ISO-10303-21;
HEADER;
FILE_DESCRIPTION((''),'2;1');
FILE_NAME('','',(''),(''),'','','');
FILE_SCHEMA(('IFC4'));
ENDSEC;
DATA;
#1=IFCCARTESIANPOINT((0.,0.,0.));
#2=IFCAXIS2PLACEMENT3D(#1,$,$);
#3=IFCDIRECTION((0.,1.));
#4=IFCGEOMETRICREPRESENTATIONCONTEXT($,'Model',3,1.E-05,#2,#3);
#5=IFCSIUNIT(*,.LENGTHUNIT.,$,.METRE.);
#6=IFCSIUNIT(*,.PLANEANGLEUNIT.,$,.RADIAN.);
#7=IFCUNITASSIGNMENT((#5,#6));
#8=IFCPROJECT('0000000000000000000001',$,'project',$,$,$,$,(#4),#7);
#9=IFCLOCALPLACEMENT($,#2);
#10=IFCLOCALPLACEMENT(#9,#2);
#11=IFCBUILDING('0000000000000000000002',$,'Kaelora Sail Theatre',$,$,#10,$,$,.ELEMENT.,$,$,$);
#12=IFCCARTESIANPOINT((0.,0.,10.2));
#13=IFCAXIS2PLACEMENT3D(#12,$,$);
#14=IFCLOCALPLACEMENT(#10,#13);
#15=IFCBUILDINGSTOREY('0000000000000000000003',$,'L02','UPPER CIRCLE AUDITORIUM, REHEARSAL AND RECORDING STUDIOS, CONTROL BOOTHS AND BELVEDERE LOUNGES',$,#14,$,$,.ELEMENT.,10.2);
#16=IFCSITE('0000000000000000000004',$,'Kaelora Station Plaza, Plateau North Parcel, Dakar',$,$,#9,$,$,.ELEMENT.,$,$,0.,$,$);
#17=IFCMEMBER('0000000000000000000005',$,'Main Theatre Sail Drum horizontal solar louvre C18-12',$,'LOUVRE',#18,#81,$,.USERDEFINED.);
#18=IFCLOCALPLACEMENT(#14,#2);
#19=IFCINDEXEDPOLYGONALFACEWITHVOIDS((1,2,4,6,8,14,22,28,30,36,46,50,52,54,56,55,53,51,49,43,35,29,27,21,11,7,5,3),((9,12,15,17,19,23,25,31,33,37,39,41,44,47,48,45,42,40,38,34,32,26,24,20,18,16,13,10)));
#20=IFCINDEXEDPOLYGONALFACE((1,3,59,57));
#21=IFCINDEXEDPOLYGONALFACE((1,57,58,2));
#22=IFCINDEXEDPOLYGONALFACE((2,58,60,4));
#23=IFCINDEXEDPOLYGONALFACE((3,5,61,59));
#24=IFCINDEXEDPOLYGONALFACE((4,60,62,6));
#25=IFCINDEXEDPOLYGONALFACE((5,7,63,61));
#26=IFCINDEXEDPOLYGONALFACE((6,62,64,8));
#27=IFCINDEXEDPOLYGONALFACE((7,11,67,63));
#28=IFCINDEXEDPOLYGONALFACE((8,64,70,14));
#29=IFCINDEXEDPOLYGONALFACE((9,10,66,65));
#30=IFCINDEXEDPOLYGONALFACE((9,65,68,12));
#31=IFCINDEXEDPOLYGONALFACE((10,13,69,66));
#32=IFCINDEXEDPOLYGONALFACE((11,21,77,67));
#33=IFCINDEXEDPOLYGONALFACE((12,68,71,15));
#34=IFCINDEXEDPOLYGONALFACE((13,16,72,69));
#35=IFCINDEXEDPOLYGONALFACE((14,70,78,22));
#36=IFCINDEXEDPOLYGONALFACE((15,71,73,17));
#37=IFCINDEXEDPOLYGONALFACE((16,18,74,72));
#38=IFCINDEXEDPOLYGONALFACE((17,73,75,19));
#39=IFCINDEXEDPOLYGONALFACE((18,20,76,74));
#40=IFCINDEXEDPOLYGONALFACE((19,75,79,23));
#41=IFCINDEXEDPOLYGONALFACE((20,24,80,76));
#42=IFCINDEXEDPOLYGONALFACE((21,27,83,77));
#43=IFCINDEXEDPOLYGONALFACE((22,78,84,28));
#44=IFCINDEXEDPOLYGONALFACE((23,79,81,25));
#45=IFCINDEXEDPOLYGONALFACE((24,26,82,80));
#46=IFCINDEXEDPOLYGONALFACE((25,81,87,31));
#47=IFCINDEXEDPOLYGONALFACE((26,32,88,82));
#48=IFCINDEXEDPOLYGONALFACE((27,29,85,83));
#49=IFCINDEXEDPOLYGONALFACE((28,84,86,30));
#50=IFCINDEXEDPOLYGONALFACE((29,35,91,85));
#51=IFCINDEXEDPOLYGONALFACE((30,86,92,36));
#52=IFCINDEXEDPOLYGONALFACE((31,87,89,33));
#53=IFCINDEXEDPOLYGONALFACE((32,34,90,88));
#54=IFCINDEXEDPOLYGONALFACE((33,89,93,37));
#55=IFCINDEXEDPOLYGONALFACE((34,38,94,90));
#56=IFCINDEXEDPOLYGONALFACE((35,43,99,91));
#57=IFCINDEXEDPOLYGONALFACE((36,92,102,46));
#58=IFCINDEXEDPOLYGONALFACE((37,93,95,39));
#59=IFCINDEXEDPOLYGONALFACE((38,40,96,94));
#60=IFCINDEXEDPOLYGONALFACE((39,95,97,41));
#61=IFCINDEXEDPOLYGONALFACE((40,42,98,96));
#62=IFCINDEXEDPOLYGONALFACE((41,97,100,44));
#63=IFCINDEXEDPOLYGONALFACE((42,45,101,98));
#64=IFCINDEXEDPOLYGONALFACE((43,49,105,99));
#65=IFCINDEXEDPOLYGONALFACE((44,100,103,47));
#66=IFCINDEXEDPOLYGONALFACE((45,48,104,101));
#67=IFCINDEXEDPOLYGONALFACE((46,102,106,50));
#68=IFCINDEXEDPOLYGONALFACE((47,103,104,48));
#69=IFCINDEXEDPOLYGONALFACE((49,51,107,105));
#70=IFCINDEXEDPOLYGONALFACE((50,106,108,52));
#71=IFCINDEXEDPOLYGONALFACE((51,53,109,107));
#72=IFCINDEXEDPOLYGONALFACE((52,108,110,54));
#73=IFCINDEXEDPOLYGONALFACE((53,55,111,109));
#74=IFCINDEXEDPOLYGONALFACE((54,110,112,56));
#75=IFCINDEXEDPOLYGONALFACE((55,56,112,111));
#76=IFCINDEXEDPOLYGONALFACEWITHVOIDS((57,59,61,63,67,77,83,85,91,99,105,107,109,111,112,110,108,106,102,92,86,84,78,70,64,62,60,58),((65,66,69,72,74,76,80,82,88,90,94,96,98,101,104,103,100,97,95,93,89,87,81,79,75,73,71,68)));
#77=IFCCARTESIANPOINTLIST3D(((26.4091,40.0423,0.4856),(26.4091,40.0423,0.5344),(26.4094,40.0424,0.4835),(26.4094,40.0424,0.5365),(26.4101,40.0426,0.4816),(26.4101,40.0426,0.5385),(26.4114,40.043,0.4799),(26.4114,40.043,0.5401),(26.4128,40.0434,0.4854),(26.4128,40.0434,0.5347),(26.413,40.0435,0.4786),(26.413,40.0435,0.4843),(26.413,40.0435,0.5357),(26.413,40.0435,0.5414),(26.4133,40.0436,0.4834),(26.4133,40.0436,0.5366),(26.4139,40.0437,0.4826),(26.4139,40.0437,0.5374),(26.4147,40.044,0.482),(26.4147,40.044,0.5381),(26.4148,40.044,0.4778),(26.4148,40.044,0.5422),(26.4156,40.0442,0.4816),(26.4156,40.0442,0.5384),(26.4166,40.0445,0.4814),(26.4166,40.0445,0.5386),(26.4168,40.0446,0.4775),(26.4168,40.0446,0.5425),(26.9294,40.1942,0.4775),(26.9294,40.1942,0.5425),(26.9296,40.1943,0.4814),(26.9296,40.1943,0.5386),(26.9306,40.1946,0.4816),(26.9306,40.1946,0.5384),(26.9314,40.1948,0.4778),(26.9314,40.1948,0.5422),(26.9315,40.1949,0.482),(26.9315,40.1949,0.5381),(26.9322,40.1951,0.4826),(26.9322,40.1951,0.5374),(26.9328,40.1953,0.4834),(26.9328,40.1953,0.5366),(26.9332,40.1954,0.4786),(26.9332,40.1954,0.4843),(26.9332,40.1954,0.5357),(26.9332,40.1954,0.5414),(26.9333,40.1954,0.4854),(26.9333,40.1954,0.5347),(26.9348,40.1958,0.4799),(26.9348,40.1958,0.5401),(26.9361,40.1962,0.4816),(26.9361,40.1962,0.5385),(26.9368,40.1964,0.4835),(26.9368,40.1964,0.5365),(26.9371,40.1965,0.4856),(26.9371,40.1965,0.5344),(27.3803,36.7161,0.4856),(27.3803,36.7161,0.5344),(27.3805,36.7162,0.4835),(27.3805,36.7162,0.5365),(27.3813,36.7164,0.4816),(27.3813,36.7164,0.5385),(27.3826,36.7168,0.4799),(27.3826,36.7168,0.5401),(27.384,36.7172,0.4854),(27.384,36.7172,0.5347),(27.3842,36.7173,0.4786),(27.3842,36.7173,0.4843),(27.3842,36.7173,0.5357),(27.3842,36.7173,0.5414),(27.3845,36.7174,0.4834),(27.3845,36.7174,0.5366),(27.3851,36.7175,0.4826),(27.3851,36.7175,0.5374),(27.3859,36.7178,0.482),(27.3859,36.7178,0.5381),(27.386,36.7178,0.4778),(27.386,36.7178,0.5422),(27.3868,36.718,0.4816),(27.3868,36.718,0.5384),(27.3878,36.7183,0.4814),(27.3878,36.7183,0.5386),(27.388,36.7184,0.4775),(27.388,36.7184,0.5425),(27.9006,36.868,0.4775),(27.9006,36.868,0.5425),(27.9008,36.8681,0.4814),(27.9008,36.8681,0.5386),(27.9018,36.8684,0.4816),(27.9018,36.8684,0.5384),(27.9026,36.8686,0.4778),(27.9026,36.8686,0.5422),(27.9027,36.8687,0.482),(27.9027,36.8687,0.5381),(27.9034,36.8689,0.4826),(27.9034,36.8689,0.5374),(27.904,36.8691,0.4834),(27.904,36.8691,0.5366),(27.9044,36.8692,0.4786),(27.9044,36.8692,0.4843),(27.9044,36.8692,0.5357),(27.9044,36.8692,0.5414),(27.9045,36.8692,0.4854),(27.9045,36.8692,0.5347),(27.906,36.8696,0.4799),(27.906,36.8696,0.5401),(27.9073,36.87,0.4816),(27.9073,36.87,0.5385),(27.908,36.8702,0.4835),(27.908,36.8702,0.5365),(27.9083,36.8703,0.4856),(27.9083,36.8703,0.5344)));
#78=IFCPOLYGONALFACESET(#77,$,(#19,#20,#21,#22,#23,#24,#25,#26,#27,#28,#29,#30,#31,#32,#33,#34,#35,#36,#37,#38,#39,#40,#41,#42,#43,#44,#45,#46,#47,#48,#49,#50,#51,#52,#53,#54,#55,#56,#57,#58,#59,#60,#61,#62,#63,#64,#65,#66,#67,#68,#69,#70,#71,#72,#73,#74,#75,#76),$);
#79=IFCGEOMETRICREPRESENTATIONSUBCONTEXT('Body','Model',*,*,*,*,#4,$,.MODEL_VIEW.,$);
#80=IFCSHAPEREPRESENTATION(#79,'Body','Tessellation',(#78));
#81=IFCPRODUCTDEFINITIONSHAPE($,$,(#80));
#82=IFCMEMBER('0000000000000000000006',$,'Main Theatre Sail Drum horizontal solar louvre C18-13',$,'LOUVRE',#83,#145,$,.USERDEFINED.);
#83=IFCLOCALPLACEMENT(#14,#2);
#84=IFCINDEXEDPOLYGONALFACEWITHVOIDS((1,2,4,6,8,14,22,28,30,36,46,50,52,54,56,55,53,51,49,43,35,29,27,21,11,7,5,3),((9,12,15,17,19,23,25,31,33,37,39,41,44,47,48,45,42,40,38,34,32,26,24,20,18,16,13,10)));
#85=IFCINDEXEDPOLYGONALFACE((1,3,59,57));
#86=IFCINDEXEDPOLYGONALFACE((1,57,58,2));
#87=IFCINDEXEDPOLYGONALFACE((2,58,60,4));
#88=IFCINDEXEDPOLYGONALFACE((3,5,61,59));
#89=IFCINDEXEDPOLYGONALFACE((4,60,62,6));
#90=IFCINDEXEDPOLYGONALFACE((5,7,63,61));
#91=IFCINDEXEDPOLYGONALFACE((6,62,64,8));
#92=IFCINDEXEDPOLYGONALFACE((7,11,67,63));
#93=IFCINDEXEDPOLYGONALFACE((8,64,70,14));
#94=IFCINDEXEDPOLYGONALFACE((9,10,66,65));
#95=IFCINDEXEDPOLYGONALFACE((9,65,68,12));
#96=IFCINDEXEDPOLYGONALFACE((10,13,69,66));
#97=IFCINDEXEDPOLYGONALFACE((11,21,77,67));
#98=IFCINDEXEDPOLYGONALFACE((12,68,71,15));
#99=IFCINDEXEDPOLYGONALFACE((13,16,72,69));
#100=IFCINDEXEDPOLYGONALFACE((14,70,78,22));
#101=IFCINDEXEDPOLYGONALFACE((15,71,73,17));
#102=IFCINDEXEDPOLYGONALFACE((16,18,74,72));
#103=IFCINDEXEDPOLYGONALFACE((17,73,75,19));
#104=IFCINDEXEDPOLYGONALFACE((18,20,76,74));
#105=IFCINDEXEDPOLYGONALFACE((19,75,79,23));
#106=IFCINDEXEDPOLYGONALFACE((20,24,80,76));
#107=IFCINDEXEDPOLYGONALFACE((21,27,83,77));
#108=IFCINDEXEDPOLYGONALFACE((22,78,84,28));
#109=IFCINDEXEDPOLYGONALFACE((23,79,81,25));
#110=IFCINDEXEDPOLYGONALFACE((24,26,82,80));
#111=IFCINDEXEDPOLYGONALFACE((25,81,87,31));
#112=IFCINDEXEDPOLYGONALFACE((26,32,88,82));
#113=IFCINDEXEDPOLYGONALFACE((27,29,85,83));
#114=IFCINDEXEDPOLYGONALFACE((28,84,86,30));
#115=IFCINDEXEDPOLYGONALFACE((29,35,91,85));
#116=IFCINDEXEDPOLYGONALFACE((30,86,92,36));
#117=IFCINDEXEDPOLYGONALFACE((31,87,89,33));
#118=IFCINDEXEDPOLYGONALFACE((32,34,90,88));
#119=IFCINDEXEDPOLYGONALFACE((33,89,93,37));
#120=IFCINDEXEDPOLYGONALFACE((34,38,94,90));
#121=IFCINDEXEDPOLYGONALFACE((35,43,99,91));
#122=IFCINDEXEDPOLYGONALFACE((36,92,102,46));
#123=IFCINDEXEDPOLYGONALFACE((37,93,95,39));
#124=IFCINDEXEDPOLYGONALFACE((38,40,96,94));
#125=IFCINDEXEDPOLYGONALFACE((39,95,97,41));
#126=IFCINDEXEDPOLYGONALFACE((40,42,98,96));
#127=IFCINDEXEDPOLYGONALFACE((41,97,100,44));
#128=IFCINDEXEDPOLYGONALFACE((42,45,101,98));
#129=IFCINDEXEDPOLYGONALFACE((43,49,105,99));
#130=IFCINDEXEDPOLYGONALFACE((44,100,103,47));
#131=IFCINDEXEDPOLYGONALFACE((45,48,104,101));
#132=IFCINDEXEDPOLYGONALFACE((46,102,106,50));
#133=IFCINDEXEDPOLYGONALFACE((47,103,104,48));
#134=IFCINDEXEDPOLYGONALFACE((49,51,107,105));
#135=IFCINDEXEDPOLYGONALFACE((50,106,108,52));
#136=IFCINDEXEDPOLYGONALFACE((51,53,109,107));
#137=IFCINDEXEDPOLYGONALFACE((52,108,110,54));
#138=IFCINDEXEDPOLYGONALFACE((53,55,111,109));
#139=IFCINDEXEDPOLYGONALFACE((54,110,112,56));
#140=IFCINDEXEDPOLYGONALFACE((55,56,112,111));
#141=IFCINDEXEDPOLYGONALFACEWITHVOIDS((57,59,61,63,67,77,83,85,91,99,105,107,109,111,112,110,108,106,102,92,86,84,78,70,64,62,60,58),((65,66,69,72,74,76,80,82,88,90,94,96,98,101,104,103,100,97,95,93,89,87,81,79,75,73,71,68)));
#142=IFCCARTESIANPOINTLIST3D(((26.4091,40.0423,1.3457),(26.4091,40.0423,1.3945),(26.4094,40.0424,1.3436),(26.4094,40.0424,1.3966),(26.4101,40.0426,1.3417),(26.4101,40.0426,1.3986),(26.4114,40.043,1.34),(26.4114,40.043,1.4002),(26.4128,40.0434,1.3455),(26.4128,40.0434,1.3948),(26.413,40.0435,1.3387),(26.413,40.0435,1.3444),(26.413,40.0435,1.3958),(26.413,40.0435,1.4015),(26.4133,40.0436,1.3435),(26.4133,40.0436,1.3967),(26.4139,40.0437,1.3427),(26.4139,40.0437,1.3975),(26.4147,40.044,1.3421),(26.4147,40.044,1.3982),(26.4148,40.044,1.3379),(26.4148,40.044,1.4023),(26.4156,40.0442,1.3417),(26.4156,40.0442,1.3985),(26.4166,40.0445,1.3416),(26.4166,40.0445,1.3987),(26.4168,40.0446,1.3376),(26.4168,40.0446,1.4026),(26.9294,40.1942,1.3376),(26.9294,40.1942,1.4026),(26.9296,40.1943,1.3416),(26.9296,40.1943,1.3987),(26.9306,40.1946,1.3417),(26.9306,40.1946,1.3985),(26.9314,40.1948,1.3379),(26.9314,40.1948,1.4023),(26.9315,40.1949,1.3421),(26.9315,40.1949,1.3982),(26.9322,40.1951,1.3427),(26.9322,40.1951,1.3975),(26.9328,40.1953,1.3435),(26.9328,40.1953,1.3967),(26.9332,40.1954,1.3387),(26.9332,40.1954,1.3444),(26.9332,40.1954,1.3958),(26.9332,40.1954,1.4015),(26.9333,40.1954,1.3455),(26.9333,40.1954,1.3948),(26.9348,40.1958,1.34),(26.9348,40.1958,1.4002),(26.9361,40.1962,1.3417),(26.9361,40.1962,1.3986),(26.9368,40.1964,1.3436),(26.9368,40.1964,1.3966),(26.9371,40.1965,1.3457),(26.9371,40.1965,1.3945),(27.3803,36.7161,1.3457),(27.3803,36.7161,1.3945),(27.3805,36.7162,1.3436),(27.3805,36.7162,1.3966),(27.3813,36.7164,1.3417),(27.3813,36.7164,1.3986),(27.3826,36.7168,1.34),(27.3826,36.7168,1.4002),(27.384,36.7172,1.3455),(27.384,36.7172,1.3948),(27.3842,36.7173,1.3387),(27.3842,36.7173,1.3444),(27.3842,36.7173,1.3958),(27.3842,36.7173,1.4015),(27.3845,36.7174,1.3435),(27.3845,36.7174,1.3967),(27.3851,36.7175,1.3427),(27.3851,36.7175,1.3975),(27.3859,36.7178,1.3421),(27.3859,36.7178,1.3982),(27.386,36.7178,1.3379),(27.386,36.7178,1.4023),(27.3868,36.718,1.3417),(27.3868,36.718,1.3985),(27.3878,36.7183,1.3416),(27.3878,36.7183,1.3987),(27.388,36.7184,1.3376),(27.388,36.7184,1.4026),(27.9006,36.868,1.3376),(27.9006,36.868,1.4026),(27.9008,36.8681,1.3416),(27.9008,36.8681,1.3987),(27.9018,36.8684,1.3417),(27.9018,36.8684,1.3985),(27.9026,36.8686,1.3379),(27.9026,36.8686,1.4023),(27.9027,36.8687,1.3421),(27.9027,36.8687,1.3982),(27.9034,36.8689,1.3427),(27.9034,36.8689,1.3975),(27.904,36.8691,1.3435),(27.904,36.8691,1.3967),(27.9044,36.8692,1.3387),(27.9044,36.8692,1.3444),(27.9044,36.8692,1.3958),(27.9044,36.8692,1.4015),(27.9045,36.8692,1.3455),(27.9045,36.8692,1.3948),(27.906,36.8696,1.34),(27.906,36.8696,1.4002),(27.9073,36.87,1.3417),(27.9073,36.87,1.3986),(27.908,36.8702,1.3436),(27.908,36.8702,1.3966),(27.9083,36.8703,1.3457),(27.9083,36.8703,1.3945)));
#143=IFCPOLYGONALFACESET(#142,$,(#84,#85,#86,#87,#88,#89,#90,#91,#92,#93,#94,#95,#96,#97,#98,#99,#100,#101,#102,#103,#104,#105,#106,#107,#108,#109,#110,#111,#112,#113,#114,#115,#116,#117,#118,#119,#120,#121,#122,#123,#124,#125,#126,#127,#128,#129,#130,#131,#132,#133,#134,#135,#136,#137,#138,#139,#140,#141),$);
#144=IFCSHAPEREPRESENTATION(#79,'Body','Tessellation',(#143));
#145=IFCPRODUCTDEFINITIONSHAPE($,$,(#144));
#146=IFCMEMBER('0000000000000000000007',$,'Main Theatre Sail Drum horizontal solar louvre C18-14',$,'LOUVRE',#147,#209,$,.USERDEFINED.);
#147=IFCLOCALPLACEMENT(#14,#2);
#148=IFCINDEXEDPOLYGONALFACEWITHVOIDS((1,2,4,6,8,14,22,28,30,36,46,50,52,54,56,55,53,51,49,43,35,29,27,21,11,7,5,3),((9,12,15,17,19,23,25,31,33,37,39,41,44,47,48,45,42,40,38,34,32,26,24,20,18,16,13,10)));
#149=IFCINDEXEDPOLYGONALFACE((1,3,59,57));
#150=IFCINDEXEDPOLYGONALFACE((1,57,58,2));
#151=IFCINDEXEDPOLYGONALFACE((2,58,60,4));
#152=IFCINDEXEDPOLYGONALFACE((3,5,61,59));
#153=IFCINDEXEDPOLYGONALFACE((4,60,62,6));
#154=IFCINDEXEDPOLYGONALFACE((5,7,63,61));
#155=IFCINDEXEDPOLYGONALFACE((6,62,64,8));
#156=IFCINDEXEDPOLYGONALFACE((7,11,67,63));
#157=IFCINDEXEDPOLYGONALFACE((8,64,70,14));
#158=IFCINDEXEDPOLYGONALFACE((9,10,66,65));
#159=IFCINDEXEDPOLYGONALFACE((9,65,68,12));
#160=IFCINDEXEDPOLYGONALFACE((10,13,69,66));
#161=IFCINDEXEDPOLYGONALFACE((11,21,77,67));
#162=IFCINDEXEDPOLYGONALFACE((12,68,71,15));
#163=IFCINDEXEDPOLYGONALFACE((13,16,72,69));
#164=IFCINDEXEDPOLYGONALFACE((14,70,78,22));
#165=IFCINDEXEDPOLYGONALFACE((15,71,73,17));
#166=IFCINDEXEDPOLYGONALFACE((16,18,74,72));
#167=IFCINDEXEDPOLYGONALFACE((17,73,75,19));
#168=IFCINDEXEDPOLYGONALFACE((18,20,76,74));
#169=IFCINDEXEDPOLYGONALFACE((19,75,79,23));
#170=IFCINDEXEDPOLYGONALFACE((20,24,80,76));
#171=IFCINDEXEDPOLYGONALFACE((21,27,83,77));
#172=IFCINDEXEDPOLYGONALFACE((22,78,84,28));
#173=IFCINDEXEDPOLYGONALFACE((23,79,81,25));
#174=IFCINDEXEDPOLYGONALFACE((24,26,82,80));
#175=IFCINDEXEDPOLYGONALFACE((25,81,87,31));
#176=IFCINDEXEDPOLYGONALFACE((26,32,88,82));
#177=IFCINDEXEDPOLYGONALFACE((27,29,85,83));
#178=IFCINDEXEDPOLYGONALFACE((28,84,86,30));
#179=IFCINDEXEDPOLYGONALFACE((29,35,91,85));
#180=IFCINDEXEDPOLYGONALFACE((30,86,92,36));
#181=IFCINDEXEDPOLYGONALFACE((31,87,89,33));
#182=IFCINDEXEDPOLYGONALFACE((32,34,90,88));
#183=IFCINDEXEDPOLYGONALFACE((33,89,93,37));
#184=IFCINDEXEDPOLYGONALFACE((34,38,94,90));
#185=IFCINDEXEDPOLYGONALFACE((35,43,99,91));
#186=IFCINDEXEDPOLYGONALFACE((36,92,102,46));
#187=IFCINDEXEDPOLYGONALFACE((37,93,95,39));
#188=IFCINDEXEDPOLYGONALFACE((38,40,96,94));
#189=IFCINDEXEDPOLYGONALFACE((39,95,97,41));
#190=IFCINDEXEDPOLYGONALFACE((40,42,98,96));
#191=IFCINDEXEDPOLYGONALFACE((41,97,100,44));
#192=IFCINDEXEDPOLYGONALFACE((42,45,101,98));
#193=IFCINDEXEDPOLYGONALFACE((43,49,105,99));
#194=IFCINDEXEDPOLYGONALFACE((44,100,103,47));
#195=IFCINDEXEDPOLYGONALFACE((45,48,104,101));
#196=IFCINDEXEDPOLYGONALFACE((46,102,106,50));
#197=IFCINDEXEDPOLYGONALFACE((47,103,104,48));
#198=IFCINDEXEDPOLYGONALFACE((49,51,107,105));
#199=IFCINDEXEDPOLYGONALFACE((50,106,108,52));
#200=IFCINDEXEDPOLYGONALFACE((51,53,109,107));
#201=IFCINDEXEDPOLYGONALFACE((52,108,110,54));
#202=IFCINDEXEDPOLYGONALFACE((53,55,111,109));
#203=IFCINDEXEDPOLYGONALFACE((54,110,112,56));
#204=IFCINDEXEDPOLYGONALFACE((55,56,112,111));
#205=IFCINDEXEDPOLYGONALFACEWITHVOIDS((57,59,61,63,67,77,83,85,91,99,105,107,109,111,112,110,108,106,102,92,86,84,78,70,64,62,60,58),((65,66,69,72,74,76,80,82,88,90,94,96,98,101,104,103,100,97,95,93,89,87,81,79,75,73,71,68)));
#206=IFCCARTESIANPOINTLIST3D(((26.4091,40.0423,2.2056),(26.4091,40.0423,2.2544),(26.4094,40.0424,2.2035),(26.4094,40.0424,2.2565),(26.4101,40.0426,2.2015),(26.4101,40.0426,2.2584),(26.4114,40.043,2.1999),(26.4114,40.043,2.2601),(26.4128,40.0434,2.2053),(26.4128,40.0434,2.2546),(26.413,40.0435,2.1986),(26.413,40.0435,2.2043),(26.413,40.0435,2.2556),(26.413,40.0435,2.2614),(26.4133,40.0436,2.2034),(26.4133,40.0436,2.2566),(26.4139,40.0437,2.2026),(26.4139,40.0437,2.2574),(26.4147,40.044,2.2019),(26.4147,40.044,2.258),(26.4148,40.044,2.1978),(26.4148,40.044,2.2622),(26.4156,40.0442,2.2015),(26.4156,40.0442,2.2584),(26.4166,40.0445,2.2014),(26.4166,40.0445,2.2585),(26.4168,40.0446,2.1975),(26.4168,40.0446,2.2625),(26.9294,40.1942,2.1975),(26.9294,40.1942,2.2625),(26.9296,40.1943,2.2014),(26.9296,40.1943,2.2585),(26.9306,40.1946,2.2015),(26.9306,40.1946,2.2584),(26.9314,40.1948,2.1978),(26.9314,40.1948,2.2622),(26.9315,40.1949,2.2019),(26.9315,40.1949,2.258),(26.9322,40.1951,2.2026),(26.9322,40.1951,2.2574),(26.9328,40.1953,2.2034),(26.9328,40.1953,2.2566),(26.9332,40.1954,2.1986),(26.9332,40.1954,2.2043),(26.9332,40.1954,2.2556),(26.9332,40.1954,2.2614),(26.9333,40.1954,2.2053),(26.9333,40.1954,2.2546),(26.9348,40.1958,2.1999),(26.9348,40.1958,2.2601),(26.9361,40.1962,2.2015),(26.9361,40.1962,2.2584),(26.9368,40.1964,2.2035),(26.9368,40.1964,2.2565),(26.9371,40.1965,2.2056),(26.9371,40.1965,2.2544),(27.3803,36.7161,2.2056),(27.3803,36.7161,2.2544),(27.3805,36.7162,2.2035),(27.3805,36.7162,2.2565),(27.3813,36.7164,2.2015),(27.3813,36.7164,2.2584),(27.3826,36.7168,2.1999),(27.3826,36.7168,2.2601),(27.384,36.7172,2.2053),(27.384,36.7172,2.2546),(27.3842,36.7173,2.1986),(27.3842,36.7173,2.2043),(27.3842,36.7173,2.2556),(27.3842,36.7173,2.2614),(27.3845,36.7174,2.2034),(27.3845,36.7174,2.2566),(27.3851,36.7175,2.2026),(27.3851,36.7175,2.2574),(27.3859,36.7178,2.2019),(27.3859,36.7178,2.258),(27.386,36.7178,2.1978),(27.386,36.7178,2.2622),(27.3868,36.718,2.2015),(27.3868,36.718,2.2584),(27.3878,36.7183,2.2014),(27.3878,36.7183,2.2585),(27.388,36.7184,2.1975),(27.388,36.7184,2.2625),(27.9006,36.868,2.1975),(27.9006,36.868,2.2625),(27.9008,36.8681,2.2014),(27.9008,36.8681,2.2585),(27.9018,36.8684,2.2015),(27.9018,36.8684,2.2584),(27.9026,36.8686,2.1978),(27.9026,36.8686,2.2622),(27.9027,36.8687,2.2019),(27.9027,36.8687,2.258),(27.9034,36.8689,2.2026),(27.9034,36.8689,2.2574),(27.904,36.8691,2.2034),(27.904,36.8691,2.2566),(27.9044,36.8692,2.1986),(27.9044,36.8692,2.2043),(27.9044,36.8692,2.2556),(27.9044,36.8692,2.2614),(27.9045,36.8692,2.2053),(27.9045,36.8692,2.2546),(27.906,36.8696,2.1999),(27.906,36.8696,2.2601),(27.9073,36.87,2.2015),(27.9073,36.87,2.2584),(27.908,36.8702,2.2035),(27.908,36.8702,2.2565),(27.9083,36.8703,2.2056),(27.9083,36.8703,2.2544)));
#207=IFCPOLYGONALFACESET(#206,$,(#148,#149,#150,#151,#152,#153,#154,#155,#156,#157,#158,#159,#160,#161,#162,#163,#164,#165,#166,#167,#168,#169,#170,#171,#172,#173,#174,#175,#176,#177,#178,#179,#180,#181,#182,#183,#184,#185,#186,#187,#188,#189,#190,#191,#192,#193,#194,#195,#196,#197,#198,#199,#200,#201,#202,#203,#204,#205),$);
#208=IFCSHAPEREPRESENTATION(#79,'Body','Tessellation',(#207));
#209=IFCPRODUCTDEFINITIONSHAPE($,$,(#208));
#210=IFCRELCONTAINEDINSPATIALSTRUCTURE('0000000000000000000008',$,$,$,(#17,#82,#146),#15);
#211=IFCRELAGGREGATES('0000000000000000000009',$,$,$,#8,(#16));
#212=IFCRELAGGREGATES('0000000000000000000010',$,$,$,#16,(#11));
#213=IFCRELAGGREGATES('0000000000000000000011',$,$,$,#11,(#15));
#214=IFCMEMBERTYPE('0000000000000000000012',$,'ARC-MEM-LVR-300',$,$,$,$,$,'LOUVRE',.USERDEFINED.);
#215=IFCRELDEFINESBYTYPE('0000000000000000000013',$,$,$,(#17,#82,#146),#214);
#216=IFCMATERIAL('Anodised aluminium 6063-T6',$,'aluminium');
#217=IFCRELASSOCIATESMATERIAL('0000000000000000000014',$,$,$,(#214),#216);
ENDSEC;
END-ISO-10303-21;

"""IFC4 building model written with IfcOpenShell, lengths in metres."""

from ifc_helpers import new_model, si_unit, direction, frame, origin, origin_2d, place, context, subcontext, project, spatial, hollow_rectangle, extrude, material, material_profile, profile_set, type_object, element, save


model = new_model("IFC4")

# Units and contexts
model_context = context("Model", 3, precision=1e-05, world=origin(), true_north=direction((0.0, 1.0)))
body_context = subcontext(model_context, "Body", "Model", "MODEL_VIEW")
ifc_project = project(units=[si_unit("LENGTHUNIT", "METRE"), si_unit("PLANEANGLEUNIT", "RADIAN")], contexts=[model_context])

# Site, building, storey
site_placement = place(None, origin())
site = spatial("IfcSite", under=ifc_project, at=site_placement, Name="Kaelora Station Plaza, Plateau North Parcel, Dakar", CompositionType="ELEMENT", RefElevation=0.0)
building_placement = place(site_placement, origin())
building = spatial("IfcBuilding", under=site, at=building_placement, Name="Kaelora Sail Theatre", CompositionType="ELEMENT")
storey_placement = place(building_placement, frame((0.0, 0.0, 10.2)))
storey = spatial("IfcBuildingStorey", under=building, at=storey_placement, Name="L02", Description="UPPER CIRCLE AUDITORIUM, REHEARSAL AND RECORDING STUDIOS, CONTROL BOOTHS AND BELVEDERE LOUNGES", CompositionType="ELEMENT", Elevation=10.2)

# Members
ifc_material_1 = material(Name="Anodised aluminium 6063-T6", Category="aluminium")
ifc_material_profile_1 = material_profile(ifc_material_1, hollow_rectangle(XDim=0.55, YDim=0.0649, WallThickness=0.0039, InnerFilletRadius=0.0039, OuterFilletRadius=0.0081, at=origin_2d()), Name="LOUVRE 550x65x4")
ifc_profile_set_1 = profile_set([ifc_material_profile_1], Name="Anodised aluminium 6063-T6")
member_type = type_object("IfcMemberType", Name="ARC-MEM-LVR-300", ElementType="LOUVRE", PredefinedType="USERDEFINED", material=ifc_profile_set_1)
for number, where, z_axis, x_axis, name in (
    (1, (27.6443, 36.7932, 0.51), (-0.280281, 0.959918, 0.0), (-0.959918, -0.280281, 0.0), "Main Theatre Sail Drum horizontal solar louvre C18-12"),
    (2, (27.6443, 36.7932, 1.3701), (-0.280281, 0.959918, 0.0), (-0.959918, -0.280281, 0.0), "Main Theatre Sail Drum horizontal solar louvre C18-13"),
    (3, (27.6443, 36.7932, 2.23), (-0.280281, 0.959918, 0.0), (-0.959918, -0.280281, 0.0), "Main Theatre Sail Drum horizontal solar louvre C18-14"),
):
    element("IfcMember", number, at=place(storey_placement, frame(where, z_axis=z_axis, x_axis=x_axis)), inside=storey, type_object=member_type, Name=name, ObjectType="LOUVRE", PredefinedType="USERDEFINED", context=body_context, shape_type="SweptSolid", body=[
        extrude(hollow_rectangle(XDim=0.55, YDim=0.0649, WallThickness=0.0039, InnerFilletRadius=0.0039, OuterFilletRadius=0.0081, at=origin_2d()), origin(), (0.0, 0.0, 1.0), 3.4651),
    ])

save(model, "model.ifc")
